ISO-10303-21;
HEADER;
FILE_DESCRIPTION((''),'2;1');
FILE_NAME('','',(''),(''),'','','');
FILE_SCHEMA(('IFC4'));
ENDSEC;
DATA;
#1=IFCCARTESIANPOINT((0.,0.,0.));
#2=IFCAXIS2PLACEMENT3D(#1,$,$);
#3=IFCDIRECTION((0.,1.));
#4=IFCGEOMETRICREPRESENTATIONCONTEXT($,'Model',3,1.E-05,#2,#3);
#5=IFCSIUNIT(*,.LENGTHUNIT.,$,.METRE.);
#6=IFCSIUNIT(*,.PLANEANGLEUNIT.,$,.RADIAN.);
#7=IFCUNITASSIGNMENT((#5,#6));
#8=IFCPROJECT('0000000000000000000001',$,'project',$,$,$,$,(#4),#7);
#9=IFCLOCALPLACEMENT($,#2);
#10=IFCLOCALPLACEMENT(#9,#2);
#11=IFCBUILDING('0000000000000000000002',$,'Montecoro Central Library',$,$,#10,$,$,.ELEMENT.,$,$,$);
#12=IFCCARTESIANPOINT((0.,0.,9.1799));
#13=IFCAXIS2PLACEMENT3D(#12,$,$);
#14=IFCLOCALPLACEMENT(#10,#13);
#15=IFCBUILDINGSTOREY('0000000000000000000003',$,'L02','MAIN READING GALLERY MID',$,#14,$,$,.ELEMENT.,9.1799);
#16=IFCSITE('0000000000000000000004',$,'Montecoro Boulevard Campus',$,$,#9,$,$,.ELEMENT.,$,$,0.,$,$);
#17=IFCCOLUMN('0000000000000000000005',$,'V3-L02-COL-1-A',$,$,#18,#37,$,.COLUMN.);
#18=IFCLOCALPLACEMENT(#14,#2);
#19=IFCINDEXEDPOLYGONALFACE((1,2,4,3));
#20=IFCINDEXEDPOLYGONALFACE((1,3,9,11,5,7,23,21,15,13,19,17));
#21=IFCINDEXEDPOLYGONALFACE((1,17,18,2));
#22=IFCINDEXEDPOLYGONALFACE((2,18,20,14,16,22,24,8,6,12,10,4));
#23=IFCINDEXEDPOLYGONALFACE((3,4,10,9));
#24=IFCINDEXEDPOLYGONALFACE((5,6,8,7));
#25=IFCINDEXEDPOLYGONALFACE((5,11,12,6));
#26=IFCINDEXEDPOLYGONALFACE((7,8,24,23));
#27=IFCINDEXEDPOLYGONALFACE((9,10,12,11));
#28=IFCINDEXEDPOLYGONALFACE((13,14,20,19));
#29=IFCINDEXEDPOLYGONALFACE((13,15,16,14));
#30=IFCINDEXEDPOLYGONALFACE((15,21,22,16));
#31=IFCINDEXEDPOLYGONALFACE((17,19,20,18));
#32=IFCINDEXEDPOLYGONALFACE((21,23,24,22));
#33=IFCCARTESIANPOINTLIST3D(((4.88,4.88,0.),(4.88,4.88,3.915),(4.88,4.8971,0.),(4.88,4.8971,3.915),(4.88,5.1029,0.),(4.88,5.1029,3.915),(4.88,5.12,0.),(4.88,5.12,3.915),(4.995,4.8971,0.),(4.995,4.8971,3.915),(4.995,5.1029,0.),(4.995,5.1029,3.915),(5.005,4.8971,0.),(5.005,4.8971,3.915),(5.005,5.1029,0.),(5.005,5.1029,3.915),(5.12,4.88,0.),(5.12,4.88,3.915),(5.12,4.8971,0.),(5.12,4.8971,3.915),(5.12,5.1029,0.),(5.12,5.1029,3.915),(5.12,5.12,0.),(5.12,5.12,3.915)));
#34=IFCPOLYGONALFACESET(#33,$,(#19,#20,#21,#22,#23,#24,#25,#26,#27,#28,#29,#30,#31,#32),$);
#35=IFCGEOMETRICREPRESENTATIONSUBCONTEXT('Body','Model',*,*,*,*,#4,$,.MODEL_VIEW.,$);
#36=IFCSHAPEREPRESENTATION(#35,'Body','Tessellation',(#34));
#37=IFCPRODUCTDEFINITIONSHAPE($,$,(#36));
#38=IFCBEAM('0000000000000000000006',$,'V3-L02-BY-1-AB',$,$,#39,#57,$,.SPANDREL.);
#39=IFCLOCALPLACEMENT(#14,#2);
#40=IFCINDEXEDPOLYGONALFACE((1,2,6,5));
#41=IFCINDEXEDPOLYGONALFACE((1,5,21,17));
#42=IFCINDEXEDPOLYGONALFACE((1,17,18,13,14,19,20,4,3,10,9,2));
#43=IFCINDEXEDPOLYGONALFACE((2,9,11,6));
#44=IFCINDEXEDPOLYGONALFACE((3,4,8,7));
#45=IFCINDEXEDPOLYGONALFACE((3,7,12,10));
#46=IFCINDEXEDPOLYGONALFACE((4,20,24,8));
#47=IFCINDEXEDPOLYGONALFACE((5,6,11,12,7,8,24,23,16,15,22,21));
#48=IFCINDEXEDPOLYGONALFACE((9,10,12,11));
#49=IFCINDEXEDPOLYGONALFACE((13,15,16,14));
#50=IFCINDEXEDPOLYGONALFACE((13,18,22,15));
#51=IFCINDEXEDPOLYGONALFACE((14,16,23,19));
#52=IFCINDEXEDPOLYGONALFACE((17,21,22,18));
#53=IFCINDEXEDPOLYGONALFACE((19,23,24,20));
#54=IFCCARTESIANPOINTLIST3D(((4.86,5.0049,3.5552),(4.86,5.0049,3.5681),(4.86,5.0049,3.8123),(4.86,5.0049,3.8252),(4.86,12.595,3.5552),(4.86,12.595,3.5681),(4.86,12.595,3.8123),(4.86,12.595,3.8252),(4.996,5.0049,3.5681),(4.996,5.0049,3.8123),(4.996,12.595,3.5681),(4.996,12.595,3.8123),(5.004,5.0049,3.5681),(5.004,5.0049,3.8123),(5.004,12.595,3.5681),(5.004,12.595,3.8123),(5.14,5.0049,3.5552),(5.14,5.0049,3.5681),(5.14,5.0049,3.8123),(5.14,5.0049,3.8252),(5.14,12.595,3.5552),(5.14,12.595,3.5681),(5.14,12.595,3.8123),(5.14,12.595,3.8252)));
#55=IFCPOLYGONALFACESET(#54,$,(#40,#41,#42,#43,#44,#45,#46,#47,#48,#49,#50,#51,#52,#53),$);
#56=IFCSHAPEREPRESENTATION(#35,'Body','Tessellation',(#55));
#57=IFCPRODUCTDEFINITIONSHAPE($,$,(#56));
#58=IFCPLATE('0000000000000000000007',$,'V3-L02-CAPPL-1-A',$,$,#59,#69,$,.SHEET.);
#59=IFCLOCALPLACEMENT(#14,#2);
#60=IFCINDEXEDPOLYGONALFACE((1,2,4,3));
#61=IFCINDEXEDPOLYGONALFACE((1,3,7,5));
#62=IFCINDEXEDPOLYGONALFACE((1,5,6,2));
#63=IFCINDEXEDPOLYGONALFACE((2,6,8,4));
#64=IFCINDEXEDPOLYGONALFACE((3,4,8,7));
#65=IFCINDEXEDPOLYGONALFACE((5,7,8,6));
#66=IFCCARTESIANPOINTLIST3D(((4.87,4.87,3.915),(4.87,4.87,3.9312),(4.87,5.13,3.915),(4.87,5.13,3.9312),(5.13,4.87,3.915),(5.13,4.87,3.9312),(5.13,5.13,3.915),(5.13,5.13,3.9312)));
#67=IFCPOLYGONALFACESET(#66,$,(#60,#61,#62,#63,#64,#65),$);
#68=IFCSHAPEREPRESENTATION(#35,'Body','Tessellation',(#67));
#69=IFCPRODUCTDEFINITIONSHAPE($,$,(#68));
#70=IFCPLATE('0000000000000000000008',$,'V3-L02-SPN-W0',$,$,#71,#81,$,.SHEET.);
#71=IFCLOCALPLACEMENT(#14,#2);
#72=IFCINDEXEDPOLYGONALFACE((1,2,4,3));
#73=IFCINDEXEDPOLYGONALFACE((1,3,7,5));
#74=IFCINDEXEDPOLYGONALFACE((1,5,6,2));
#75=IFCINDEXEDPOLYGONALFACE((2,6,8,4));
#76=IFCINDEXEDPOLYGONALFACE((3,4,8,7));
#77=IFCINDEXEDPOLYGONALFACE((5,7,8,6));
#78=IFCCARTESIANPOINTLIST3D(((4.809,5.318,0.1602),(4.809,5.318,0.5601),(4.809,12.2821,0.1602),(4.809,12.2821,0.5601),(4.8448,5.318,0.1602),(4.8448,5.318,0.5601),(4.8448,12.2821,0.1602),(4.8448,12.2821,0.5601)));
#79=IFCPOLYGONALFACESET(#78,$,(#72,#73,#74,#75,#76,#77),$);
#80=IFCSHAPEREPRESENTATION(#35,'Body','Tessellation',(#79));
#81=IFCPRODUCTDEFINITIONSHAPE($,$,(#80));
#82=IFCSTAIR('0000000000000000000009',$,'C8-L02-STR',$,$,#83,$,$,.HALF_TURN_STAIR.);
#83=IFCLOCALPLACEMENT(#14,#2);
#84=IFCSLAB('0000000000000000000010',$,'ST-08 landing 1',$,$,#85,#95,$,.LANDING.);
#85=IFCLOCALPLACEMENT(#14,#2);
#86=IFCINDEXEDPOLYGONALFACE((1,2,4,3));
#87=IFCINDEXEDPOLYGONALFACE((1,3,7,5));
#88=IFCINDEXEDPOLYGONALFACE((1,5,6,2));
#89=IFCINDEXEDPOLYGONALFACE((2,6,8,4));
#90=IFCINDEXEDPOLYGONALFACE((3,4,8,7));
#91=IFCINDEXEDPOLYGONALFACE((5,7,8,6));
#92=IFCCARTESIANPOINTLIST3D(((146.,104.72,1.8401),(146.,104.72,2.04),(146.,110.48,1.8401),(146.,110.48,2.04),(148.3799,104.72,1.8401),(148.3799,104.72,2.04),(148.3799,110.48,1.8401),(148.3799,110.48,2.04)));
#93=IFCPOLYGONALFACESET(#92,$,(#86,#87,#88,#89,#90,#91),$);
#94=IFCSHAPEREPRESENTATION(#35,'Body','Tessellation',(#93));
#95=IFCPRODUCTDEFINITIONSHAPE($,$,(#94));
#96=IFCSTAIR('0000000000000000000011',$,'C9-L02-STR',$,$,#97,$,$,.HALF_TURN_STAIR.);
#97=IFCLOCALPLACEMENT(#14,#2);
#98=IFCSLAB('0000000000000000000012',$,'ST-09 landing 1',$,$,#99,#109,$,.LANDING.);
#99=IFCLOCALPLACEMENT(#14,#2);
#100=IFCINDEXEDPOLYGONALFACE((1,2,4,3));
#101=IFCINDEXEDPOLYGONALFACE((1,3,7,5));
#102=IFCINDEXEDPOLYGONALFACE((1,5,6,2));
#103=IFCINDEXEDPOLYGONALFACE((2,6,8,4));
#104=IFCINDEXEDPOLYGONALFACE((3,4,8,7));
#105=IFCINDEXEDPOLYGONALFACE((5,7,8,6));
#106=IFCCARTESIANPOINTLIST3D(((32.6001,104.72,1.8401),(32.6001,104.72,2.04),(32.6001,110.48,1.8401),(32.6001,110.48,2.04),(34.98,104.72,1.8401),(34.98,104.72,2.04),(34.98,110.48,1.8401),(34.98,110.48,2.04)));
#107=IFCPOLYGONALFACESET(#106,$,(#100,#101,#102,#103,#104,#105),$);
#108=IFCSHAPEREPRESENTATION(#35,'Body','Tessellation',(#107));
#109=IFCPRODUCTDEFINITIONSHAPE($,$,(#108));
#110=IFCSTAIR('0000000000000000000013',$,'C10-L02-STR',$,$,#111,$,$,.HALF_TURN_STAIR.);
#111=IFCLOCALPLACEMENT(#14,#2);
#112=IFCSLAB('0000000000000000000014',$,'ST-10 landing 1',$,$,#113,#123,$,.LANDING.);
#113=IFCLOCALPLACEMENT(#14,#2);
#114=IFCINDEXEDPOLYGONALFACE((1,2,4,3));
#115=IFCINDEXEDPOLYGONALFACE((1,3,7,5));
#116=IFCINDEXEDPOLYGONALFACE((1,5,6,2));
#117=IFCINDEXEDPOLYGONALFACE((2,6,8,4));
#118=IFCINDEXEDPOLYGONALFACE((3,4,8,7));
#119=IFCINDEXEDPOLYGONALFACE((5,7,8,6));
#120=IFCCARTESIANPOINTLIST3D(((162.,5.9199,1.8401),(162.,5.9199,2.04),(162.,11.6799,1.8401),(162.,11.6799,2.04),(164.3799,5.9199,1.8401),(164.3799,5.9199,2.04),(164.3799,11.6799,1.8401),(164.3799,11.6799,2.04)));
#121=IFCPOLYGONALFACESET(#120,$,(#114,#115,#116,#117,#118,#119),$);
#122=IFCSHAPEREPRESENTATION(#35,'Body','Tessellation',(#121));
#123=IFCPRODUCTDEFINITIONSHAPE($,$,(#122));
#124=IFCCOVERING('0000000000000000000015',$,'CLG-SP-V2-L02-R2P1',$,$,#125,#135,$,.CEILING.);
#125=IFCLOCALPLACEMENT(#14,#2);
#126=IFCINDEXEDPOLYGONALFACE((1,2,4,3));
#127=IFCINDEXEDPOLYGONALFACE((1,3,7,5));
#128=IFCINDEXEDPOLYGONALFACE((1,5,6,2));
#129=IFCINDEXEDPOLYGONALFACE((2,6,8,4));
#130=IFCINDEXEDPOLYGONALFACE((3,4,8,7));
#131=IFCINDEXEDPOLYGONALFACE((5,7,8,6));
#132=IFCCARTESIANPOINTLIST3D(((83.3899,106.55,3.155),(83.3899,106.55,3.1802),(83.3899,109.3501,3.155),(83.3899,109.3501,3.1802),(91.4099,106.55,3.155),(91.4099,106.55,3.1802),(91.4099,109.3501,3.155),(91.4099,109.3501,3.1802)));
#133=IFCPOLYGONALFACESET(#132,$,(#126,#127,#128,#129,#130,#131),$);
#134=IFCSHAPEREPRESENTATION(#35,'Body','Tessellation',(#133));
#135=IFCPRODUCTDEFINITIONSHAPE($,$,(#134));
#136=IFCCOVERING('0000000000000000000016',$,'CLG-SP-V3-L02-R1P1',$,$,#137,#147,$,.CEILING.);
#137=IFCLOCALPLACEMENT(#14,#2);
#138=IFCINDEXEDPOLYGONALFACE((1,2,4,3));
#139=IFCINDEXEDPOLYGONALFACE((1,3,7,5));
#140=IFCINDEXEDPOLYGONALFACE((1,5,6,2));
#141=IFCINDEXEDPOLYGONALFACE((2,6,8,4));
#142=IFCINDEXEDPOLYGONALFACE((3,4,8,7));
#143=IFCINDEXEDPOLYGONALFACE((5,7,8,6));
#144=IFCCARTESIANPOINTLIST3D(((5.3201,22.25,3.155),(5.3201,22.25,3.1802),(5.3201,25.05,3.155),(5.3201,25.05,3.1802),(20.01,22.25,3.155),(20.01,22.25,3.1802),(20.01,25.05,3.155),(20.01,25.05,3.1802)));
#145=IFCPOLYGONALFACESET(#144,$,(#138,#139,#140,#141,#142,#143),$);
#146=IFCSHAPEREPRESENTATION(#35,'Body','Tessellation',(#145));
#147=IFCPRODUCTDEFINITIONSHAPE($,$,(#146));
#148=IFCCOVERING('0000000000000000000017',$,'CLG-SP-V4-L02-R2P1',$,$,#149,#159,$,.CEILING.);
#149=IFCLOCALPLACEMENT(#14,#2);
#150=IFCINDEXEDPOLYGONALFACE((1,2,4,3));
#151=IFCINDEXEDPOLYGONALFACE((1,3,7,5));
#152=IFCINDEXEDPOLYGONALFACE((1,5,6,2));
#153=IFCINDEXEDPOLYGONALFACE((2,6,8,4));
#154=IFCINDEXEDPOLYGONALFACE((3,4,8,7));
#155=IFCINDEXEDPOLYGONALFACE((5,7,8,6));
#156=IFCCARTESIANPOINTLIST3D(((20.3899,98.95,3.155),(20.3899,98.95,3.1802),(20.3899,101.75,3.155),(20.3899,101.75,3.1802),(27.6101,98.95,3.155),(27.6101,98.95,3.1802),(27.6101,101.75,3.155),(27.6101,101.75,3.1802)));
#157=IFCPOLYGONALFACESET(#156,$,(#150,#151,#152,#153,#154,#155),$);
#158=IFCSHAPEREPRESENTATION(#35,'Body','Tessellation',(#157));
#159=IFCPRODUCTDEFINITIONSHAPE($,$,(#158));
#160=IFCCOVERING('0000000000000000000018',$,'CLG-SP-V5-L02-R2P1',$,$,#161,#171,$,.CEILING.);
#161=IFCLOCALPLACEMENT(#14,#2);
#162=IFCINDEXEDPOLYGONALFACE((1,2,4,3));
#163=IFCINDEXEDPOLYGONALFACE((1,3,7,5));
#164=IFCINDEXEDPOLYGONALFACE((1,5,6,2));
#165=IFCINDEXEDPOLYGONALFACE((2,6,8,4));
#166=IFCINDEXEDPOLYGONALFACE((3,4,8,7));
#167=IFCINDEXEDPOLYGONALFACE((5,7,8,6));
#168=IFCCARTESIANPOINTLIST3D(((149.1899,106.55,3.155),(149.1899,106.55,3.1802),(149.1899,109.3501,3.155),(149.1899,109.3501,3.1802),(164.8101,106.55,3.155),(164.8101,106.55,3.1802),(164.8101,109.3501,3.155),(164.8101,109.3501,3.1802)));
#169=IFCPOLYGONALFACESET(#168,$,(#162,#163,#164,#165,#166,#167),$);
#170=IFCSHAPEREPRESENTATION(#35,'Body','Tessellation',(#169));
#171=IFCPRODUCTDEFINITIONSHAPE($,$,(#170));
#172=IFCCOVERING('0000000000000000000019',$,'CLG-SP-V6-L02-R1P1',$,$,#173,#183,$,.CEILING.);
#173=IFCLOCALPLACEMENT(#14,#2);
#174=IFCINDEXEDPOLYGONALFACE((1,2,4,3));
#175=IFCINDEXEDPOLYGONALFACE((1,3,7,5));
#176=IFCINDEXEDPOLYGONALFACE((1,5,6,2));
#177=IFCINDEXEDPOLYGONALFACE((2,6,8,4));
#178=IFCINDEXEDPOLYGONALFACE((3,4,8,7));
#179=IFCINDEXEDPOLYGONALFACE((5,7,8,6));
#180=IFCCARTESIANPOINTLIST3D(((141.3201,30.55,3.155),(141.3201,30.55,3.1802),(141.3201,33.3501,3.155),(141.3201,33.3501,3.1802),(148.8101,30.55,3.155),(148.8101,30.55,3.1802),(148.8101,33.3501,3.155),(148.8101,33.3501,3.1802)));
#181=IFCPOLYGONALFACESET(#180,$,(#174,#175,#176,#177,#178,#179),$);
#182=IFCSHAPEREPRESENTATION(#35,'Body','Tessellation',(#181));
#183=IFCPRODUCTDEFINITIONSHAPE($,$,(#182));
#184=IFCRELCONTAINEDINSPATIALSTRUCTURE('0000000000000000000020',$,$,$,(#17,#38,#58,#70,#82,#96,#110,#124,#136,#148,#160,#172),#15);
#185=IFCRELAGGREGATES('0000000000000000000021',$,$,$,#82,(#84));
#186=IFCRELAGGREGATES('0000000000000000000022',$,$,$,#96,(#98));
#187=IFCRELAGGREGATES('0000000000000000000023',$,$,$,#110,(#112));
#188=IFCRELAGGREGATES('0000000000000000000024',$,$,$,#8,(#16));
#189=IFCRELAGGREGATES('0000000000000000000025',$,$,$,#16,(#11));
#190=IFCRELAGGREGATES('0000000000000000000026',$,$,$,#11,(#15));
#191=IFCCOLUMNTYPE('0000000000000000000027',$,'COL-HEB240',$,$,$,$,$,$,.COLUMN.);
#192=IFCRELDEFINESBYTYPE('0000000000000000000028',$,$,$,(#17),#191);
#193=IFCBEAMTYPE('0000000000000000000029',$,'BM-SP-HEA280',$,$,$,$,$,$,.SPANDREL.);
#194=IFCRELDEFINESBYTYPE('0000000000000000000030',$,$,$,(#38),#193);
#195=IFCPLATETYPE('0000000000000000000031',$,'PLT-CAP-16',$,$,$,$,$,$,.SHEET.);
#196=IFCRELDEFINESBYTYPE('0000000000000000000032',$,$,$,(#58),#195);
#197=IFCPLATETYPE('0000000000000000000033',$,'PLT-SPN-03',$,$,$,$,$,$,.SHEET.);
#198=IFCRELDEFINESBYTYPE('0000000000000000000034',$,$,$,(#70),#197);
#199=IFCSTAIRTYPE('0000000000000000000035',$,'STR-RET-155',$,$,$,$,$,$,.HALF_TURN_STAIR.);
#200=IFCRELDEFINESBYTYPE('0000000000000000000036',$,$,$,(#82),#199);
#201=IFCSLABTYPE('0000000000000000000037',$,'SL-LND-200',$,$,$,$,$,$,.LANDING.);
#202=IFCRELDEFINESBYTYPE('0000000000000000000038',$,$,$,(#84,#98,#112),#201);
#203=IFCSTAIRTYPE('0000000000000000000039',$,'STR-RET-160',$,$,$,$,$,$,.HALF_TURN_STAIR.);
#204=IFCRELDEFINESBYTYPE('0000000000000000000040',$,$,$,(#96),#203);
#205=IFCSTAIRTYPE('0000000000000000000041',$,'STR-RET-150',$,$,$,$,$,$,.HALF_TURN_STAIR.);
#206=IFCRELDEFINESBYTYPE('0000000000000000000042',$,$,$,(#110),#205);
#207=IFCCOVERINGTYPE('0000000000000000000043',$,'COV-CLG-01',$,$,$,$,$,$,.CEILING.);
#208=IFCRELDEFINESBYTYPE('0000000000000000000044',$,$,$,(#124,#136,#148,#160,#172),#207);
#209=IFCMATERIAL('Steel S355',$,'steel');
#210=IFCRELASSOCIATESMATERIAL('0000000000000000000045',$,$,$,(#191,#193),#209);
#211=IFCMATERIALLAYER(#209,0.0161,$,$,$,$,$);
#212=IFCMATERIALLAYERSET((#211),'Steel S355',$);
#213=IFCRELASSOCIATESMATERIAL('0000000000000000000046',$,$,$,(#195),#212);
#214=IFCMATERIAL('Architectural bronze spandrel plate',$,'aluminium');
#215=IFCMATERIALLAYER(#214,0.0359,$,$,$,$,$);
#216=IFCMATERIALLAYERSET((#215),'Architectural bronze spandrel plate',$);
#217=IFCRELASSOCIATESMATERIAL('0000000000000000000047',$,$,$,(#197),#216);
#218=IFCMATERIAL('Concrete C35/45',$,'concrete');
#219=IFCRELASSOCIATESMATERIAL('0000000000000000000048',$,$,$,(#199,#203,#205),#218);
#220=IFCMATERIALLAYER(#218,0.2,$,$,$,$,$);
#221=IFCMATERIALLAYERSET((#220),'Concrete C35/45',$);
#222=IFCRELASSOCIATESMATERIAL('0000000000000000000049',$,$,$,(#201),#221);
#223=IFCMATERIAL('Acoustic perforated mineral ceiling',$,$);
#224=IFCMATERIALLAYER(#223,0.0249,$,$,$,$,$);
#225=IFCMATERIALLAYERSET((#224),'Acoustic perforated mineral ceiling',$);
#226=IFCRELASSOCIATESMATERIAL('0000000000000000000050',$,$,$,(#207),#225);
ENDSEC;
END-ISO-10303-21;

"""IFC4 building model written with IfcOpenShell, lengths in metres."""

from ifc_helpers import new_model, si_unit, direction, frame, origin, origin_2d, place, context, subcontext, project, spatial, polyline, rectangle, i_section, outline, extrude, material, layer, layer_set, material_profile, profile_set, type_object, element, aggregate, save


model = new_model("IFC4")

# Units and contexts
model_context = context("Model", 3, precision=1e-05, world=origin(), true_north=direction((0.0, 1.0)))
body_context = subcontext(model_context, "Body", "Model", "MODEL_VIEW")
ifc_project = project(units=[si_unit("LENGTHUNIT", "METRE"), si_unit("PLANEANGLEUNIT", "RADIAN")], contexts=[model_context])

# Site, building, storey
site_placement = place(None, origin())
site = spatial("IfcSite", under=ifc_project, at=site_placement, Name="Montecoro Boulevard Campus", CompositionType="ELEMENT", RefElevation=0.0)
building_placement = place(site_placement, origin())
building = spatial("IfcBuilding", under=site, at=building_placement, Name="Montecoro Central Library", CompositionType="ELEMENT")
storey_placement = place(building_placement, frame((0.0, 0.0, 9.1799)))
storey = spatial("IfcBuildingStorey", under=building, at=storey_placement, Name="L02", Description="MAIN READING GALLERY MID", CompositionType="ELEMENT", Elevation=9.1799)

# Column
ifc_material_1 = material(Name="Steel S355", Category="steel")
ifc_material_profile_1 = material_profile(ifc_material_1, i_section(OverallWidth=0.24, OverallDepth=0.24, WebThickness=0.01, FlangeThickness=0.0171, at=origin_2d()), Name="HEB 240")
ifc_profile_set_1 = profile_set([ifc_material_profile_1], Name="Steel S355")
column_type = type_object("IfcColumnType", Name="COL-HEB240", PredefinedType="COLUMN", material=ifc_profile_set_1)
column_placement = place(storey_placement, frame((5.0, 5.0, 0.0), z_axis=(0.0, 0.0, 1.0), x_axis=(1.0, 0.0, 0.0)))
element("IfcColumn", 1, at=column_placement, inside=storey, type_object=column_type, Name="V3-L02-COL-1-A", PredefinedType="COLUMN", context=body_context, shape_type="SweptSolid", body=[
    extrude(i_section(OverallWidth=0.24, OverallDepth=0.24, WebThickness=0.01, FlangeThickness=0.0171, at=origin_2d()), origin(), (0.0, 0.0, 1.0), 3.915),
])

# Beam
ifc_material_profile_2 = material_profile(ifc_material_1, i_section(OverallWidth=0.28, OverallDepth=0.27, WebThickness=0.0081, FlangeThickness=0.0129, at=origin_2d()), Name="HEA 280")
ifc_profile_set_2 = profile_set([ifc_material_profile_2], Name="Steel S355")
beam_type = type_object("IfcBeamType", Name="BM-SP-HEA280", PredefinedType="SPANDREL", material=ifc_profile_set_2)
beam_placement = place(storey_placement, frame((5.0, 5.0049, 3.6902), z_axis=(0.0, 1.0, 0.0), x_axis=(-1.0, 0.0, 0.0)))
element("IfcBeam", 2, at=beam_placement, inside=storey, type_object=beam_type, Name="V3-L02-BY-1-AB", PredefinedType="SPANDREL", context=body_context, shape_type="SweptSolid", body=[
    extrude(i_section(OverallWidth=0.28, OverallDepth=0.27, WebThickness=0.0081, FlangeThickness=0.0129, at=origin_2d()), origin(), (0.0, 0.0, 1.0), 7.5901),
])

# Plates
ifc_layer_1 = layer(ifc_material_1, 0.0161)
ifc_layer_set_1 = layer_set([ifc_layer_1], Name="Steel S355")
plate_type_1 = type_object("IfcPlateType", Name="PLT-CAP-16", PredefinedType="SHEET", material=ifc_layer_set_1)
plate_1_placement = place(storey_placement, frame((5.0, 5.0, 3.915), z_axis=(0.0, 0.0, 1.0), x_axis=(1.0, 0.0, 0.0)))
element("IfcPlate", 3, at=plate_1_placement, inside=storey, type_object=plate_type_1, Name="V3-L02-CAPPL-1-A", PredefinedType="SHEET", context=body_context, shape_type="SweptSolid", body=[
    extrude(rectangle(XDim=0.26, YDim=0.26, at=origin_2d()), origin(), (0.0, 0.0, 1.0), 0.0161),
])
ifc_material_2 = material(Name="Architectural bronze spandrel plate", Category="aluminium")
ifc_layer_2 = layer(ifc_material_2, 0.0359)
ifc_layer_set_2 = layer_set([ifc_layer_2], Name="Architectural bronze spandrel plate")
plate_type_2 = type_object("IfcPlateType", Name="PLT-SPN-03", PredefinedType="SHEET", material=ifc_layer_set_2)
plate_2_placement = place(storey_placement, frame((4.8269, 8.8, 0.1602), z_axis=(0.0, 0.0, 1.0), x_axis=(0.0, -1.0, 0.0)))
element("IfcPlate", 4, at=plate_2_placement, inside=storey, type_object=plate_type_2, Name="V3-L02-SPN-W0", PredefinedType="SHEET", context=body_context, shape_type="SweptSolid", body=[
    extrude(rectangle(XDim=6.9641, YDim=0.0359, at=origin_2d()), origin(), (0.0, 0.0, 1.0), 0.3999),
])

# Stairs, slabs
ifc_material_3 = material(Name="Concrete C35/45", Category="concrete")
stair_type_1 = type_object("IfcStairType", Name="STR-RET-155", PredefinedType="HALF_TURN_STAIR", material=ifc_material_3)
stair_1_placement = place(storey_placement, origin())
stair_1 = element("IfcStair", 5, at=stair_1_placement, inside=storey, type_object=stair_type_1, Name="C8-L02-STR", PredefinedType="HALF_TURN_STAIR")
ifc_layer_3 = layer(ifc_material_3, 0.2)
ifc_layer_set_3 = layer_set([ifc_layer_3], Name="Concrete C35/45")
slab_type = type_object("IfcSlabType", Name="SL-LND-200", PredefinedType="LANDING", material=ifc_layer_set_3)
slab_1_placement = place(storey_placement, frame((0.0, 0.0, 1.8401)))
slab_1 = element("IfcSlab", 6, at=slab_1_placement, type_object=slab_type, Name="ST-08 landing 1", PredefinedType="LANDING", context=body_context, shape_type="SweptSolid", body=[
    extrude(outline(polyline([(146.0, 104.72), (148.3799, 104.72), (148.3799, 110.48), (146.0, 110.48), (146.0, 104.72)])), origin(), (0.0, 0.0, 1.0), 0.2),
])
aggregate(stair_1, [slab_1])
stair_type_2 = type_object("IfcStairType", Name="STR-RET-160", PredefinedType="HALF_TURN_STAIR", material=ifc_material_3)
stair_2_placement = place(storey_placement, origin())
stair_2 = element("IfcStair", 7, at=stair_2_placement, inside=storey, type_object=stair_type_2, Name="C9-L02-STR", PredefinedType="HALF_TURN_STAIR")
slab_2_placement = place(storey_placement, frame((0.0, 0.0, 1.8401)))
slab_2 = element("IfcSlab", 8, at=slab_2_placement, type_object=slab_type, Name="ST-09 landing 1", PredefinedType="LANDING", context=body_context, shape_type="SweptSolid", body=[
    extrude(outline(polyline([(32.6001, 104.72), (34.98, 104.72), (34.98, 110.48), (32.6001, 110.48), (32.6001, 104.72)])), origin(), (0.0, 0.0, 1.0), 0.2),
])
aggregate(stair_2, [slab_2])
stair_type_3 = type_object("IfcStairType", Name="STR-RET-150", PredefinedType="HALF_TURN_STAIR", material=ifc_material_3)
stair_3_placement = place(storey_placement, origin())
stair_3 = element("IfcStair", 9, at=stair_3_placement, inside=storey, type_object=stair_type_3, Name="C10-L02-STR", PredefinedType="HALF_TURN_STAIR")
slab_3_placement = place(storey_placement, frame((0.0, 0.0, 1.8401)))
slab_3 = element("IfcSlab", 10, at=slab_3_placement, type_object=slab_type, Name="ST-10 landing 1", PredefinedType="LANDING", context=body_context, shape_type="SweptSolid", body=[
    extrude(outline(polyline([(162.0, 5.9199), (164.3799, 5.9199), (164.3799, 11.6799), (162.0, 11.6799), (162.0, 5.9199)])), origin(), (0.0, 0.0, 1.0), 0.2),
])
aggregate(stair_3, [slab_3])

# Coverings
ifc_material_4 = material(Name="Acoustic perforated mineral ceiling")
ifc_layer_4 = layer(ifc_material_4, 0.0249)
ifc_layer_set_4 = layer_set([ifc_layer_4], Name="Acoustic perforated mineral ceiling")
covering_type_1 = type_object("IfcCoveringType", Name="COV-CLG-01", PredefinedType="CEILING", material=ifc_layer_set_4)
covering_1_placement = place(storey_placement, frame((0.0, 0.0, 3.155)))
element("IfcCovering", 11, at=covering_1_placement, inside=storey, type_object=covering_type_1, Name="CLG-SP-V2-L02-R2P1", PredefinedType="CEILING", context=body_context, shape_type="SweptSolid", body=[
    extrude(outline(polyline([(83.3899, 106.55), (91.4099, 106.55), (91.4099, 109.3501), (83.3899, 109.3501), (83.3899, 106.55)])), origin(), (0.0, 0.0, 1.0), 0.0251),
])
covering_2_placement = place(storey_placement, frame((0.0, 0.0, 3.155)))
element("IfcCovering", 12, at=covering_2_placement, inside=storey, type_object=covering_type_1, Name="CLG-SP-V3-L02-R1P1", PredefinedType="CEILING", context=body_context, shape_type="SweptSolid", body=[
    extrude(outline(polyline([(5.3201, 22.25), (20.01, 22.25), (20.01, 25.05), (5.3201, 25.05), (5.3201, 22.25)])), origin(), (0.0, 0.0, 1.0), 0.0251),
])
covering_3_placement = place(storey_placement, frame((0.0, 0.0, 3.155)))
element("IfcCovering", 13, at=covering_3_placement, inside=storey, type_object=covering_type_1, Name="CLG-SP-V4-L02-R2P1", PredefinedType="CEILING", context=body_context, shape_type="SweptSolid", body=[
    extrude(outline(polyline([(20.3899, 98.95), (27.6101, 98.95), (27.6101, 101.75), (20.3899, 101.75), (20.3899, 98.95)])), origin(), (0.0, 0.0, 1.0), 0.0251),
])
covering_4_placement = place(storey_placement, frame((0.0, 0.0, 3.155)))
element("IfcCovering", 14, at=covering_4_placement, inside=storey, type_object=covering_type_1, Name="CLG-SP-V5-L02-R2P1", PredefinedType="CEILING", context=body_context, shape_type="SweptSolid", body=[
    extrude(outline(polyline([(149.1899, 106.55), (164.8101, 106.55), (164.8101, 109.3501), (149.1899, 109.3501), (149.1899, 106.55)])), origin(), (0.0, 0.0, 1.0), 0.0251),
])
covering_5_placement = place(storey_placement, frame((0.0, 0.0, 3.155)))
element("IfcCovering", 15, at=covering_5_placement, inside=storey, type_object=covering_type_1, Name="CLG-SP-V6-L02-R1P1", PredefinedType="CEILING", context=body_context, shape_type="SweptSolid", body=[
    extrude(outline(polyline([(141.3201, 30.55), (148.8101, 30.55), (148.8101, 33.3501), (141.3201, 33.3501), (141.3201, 30.55)])), origin(), (0.0, 0.0, 1.0), 0.0251),
])

save(model, "model.ifc")
